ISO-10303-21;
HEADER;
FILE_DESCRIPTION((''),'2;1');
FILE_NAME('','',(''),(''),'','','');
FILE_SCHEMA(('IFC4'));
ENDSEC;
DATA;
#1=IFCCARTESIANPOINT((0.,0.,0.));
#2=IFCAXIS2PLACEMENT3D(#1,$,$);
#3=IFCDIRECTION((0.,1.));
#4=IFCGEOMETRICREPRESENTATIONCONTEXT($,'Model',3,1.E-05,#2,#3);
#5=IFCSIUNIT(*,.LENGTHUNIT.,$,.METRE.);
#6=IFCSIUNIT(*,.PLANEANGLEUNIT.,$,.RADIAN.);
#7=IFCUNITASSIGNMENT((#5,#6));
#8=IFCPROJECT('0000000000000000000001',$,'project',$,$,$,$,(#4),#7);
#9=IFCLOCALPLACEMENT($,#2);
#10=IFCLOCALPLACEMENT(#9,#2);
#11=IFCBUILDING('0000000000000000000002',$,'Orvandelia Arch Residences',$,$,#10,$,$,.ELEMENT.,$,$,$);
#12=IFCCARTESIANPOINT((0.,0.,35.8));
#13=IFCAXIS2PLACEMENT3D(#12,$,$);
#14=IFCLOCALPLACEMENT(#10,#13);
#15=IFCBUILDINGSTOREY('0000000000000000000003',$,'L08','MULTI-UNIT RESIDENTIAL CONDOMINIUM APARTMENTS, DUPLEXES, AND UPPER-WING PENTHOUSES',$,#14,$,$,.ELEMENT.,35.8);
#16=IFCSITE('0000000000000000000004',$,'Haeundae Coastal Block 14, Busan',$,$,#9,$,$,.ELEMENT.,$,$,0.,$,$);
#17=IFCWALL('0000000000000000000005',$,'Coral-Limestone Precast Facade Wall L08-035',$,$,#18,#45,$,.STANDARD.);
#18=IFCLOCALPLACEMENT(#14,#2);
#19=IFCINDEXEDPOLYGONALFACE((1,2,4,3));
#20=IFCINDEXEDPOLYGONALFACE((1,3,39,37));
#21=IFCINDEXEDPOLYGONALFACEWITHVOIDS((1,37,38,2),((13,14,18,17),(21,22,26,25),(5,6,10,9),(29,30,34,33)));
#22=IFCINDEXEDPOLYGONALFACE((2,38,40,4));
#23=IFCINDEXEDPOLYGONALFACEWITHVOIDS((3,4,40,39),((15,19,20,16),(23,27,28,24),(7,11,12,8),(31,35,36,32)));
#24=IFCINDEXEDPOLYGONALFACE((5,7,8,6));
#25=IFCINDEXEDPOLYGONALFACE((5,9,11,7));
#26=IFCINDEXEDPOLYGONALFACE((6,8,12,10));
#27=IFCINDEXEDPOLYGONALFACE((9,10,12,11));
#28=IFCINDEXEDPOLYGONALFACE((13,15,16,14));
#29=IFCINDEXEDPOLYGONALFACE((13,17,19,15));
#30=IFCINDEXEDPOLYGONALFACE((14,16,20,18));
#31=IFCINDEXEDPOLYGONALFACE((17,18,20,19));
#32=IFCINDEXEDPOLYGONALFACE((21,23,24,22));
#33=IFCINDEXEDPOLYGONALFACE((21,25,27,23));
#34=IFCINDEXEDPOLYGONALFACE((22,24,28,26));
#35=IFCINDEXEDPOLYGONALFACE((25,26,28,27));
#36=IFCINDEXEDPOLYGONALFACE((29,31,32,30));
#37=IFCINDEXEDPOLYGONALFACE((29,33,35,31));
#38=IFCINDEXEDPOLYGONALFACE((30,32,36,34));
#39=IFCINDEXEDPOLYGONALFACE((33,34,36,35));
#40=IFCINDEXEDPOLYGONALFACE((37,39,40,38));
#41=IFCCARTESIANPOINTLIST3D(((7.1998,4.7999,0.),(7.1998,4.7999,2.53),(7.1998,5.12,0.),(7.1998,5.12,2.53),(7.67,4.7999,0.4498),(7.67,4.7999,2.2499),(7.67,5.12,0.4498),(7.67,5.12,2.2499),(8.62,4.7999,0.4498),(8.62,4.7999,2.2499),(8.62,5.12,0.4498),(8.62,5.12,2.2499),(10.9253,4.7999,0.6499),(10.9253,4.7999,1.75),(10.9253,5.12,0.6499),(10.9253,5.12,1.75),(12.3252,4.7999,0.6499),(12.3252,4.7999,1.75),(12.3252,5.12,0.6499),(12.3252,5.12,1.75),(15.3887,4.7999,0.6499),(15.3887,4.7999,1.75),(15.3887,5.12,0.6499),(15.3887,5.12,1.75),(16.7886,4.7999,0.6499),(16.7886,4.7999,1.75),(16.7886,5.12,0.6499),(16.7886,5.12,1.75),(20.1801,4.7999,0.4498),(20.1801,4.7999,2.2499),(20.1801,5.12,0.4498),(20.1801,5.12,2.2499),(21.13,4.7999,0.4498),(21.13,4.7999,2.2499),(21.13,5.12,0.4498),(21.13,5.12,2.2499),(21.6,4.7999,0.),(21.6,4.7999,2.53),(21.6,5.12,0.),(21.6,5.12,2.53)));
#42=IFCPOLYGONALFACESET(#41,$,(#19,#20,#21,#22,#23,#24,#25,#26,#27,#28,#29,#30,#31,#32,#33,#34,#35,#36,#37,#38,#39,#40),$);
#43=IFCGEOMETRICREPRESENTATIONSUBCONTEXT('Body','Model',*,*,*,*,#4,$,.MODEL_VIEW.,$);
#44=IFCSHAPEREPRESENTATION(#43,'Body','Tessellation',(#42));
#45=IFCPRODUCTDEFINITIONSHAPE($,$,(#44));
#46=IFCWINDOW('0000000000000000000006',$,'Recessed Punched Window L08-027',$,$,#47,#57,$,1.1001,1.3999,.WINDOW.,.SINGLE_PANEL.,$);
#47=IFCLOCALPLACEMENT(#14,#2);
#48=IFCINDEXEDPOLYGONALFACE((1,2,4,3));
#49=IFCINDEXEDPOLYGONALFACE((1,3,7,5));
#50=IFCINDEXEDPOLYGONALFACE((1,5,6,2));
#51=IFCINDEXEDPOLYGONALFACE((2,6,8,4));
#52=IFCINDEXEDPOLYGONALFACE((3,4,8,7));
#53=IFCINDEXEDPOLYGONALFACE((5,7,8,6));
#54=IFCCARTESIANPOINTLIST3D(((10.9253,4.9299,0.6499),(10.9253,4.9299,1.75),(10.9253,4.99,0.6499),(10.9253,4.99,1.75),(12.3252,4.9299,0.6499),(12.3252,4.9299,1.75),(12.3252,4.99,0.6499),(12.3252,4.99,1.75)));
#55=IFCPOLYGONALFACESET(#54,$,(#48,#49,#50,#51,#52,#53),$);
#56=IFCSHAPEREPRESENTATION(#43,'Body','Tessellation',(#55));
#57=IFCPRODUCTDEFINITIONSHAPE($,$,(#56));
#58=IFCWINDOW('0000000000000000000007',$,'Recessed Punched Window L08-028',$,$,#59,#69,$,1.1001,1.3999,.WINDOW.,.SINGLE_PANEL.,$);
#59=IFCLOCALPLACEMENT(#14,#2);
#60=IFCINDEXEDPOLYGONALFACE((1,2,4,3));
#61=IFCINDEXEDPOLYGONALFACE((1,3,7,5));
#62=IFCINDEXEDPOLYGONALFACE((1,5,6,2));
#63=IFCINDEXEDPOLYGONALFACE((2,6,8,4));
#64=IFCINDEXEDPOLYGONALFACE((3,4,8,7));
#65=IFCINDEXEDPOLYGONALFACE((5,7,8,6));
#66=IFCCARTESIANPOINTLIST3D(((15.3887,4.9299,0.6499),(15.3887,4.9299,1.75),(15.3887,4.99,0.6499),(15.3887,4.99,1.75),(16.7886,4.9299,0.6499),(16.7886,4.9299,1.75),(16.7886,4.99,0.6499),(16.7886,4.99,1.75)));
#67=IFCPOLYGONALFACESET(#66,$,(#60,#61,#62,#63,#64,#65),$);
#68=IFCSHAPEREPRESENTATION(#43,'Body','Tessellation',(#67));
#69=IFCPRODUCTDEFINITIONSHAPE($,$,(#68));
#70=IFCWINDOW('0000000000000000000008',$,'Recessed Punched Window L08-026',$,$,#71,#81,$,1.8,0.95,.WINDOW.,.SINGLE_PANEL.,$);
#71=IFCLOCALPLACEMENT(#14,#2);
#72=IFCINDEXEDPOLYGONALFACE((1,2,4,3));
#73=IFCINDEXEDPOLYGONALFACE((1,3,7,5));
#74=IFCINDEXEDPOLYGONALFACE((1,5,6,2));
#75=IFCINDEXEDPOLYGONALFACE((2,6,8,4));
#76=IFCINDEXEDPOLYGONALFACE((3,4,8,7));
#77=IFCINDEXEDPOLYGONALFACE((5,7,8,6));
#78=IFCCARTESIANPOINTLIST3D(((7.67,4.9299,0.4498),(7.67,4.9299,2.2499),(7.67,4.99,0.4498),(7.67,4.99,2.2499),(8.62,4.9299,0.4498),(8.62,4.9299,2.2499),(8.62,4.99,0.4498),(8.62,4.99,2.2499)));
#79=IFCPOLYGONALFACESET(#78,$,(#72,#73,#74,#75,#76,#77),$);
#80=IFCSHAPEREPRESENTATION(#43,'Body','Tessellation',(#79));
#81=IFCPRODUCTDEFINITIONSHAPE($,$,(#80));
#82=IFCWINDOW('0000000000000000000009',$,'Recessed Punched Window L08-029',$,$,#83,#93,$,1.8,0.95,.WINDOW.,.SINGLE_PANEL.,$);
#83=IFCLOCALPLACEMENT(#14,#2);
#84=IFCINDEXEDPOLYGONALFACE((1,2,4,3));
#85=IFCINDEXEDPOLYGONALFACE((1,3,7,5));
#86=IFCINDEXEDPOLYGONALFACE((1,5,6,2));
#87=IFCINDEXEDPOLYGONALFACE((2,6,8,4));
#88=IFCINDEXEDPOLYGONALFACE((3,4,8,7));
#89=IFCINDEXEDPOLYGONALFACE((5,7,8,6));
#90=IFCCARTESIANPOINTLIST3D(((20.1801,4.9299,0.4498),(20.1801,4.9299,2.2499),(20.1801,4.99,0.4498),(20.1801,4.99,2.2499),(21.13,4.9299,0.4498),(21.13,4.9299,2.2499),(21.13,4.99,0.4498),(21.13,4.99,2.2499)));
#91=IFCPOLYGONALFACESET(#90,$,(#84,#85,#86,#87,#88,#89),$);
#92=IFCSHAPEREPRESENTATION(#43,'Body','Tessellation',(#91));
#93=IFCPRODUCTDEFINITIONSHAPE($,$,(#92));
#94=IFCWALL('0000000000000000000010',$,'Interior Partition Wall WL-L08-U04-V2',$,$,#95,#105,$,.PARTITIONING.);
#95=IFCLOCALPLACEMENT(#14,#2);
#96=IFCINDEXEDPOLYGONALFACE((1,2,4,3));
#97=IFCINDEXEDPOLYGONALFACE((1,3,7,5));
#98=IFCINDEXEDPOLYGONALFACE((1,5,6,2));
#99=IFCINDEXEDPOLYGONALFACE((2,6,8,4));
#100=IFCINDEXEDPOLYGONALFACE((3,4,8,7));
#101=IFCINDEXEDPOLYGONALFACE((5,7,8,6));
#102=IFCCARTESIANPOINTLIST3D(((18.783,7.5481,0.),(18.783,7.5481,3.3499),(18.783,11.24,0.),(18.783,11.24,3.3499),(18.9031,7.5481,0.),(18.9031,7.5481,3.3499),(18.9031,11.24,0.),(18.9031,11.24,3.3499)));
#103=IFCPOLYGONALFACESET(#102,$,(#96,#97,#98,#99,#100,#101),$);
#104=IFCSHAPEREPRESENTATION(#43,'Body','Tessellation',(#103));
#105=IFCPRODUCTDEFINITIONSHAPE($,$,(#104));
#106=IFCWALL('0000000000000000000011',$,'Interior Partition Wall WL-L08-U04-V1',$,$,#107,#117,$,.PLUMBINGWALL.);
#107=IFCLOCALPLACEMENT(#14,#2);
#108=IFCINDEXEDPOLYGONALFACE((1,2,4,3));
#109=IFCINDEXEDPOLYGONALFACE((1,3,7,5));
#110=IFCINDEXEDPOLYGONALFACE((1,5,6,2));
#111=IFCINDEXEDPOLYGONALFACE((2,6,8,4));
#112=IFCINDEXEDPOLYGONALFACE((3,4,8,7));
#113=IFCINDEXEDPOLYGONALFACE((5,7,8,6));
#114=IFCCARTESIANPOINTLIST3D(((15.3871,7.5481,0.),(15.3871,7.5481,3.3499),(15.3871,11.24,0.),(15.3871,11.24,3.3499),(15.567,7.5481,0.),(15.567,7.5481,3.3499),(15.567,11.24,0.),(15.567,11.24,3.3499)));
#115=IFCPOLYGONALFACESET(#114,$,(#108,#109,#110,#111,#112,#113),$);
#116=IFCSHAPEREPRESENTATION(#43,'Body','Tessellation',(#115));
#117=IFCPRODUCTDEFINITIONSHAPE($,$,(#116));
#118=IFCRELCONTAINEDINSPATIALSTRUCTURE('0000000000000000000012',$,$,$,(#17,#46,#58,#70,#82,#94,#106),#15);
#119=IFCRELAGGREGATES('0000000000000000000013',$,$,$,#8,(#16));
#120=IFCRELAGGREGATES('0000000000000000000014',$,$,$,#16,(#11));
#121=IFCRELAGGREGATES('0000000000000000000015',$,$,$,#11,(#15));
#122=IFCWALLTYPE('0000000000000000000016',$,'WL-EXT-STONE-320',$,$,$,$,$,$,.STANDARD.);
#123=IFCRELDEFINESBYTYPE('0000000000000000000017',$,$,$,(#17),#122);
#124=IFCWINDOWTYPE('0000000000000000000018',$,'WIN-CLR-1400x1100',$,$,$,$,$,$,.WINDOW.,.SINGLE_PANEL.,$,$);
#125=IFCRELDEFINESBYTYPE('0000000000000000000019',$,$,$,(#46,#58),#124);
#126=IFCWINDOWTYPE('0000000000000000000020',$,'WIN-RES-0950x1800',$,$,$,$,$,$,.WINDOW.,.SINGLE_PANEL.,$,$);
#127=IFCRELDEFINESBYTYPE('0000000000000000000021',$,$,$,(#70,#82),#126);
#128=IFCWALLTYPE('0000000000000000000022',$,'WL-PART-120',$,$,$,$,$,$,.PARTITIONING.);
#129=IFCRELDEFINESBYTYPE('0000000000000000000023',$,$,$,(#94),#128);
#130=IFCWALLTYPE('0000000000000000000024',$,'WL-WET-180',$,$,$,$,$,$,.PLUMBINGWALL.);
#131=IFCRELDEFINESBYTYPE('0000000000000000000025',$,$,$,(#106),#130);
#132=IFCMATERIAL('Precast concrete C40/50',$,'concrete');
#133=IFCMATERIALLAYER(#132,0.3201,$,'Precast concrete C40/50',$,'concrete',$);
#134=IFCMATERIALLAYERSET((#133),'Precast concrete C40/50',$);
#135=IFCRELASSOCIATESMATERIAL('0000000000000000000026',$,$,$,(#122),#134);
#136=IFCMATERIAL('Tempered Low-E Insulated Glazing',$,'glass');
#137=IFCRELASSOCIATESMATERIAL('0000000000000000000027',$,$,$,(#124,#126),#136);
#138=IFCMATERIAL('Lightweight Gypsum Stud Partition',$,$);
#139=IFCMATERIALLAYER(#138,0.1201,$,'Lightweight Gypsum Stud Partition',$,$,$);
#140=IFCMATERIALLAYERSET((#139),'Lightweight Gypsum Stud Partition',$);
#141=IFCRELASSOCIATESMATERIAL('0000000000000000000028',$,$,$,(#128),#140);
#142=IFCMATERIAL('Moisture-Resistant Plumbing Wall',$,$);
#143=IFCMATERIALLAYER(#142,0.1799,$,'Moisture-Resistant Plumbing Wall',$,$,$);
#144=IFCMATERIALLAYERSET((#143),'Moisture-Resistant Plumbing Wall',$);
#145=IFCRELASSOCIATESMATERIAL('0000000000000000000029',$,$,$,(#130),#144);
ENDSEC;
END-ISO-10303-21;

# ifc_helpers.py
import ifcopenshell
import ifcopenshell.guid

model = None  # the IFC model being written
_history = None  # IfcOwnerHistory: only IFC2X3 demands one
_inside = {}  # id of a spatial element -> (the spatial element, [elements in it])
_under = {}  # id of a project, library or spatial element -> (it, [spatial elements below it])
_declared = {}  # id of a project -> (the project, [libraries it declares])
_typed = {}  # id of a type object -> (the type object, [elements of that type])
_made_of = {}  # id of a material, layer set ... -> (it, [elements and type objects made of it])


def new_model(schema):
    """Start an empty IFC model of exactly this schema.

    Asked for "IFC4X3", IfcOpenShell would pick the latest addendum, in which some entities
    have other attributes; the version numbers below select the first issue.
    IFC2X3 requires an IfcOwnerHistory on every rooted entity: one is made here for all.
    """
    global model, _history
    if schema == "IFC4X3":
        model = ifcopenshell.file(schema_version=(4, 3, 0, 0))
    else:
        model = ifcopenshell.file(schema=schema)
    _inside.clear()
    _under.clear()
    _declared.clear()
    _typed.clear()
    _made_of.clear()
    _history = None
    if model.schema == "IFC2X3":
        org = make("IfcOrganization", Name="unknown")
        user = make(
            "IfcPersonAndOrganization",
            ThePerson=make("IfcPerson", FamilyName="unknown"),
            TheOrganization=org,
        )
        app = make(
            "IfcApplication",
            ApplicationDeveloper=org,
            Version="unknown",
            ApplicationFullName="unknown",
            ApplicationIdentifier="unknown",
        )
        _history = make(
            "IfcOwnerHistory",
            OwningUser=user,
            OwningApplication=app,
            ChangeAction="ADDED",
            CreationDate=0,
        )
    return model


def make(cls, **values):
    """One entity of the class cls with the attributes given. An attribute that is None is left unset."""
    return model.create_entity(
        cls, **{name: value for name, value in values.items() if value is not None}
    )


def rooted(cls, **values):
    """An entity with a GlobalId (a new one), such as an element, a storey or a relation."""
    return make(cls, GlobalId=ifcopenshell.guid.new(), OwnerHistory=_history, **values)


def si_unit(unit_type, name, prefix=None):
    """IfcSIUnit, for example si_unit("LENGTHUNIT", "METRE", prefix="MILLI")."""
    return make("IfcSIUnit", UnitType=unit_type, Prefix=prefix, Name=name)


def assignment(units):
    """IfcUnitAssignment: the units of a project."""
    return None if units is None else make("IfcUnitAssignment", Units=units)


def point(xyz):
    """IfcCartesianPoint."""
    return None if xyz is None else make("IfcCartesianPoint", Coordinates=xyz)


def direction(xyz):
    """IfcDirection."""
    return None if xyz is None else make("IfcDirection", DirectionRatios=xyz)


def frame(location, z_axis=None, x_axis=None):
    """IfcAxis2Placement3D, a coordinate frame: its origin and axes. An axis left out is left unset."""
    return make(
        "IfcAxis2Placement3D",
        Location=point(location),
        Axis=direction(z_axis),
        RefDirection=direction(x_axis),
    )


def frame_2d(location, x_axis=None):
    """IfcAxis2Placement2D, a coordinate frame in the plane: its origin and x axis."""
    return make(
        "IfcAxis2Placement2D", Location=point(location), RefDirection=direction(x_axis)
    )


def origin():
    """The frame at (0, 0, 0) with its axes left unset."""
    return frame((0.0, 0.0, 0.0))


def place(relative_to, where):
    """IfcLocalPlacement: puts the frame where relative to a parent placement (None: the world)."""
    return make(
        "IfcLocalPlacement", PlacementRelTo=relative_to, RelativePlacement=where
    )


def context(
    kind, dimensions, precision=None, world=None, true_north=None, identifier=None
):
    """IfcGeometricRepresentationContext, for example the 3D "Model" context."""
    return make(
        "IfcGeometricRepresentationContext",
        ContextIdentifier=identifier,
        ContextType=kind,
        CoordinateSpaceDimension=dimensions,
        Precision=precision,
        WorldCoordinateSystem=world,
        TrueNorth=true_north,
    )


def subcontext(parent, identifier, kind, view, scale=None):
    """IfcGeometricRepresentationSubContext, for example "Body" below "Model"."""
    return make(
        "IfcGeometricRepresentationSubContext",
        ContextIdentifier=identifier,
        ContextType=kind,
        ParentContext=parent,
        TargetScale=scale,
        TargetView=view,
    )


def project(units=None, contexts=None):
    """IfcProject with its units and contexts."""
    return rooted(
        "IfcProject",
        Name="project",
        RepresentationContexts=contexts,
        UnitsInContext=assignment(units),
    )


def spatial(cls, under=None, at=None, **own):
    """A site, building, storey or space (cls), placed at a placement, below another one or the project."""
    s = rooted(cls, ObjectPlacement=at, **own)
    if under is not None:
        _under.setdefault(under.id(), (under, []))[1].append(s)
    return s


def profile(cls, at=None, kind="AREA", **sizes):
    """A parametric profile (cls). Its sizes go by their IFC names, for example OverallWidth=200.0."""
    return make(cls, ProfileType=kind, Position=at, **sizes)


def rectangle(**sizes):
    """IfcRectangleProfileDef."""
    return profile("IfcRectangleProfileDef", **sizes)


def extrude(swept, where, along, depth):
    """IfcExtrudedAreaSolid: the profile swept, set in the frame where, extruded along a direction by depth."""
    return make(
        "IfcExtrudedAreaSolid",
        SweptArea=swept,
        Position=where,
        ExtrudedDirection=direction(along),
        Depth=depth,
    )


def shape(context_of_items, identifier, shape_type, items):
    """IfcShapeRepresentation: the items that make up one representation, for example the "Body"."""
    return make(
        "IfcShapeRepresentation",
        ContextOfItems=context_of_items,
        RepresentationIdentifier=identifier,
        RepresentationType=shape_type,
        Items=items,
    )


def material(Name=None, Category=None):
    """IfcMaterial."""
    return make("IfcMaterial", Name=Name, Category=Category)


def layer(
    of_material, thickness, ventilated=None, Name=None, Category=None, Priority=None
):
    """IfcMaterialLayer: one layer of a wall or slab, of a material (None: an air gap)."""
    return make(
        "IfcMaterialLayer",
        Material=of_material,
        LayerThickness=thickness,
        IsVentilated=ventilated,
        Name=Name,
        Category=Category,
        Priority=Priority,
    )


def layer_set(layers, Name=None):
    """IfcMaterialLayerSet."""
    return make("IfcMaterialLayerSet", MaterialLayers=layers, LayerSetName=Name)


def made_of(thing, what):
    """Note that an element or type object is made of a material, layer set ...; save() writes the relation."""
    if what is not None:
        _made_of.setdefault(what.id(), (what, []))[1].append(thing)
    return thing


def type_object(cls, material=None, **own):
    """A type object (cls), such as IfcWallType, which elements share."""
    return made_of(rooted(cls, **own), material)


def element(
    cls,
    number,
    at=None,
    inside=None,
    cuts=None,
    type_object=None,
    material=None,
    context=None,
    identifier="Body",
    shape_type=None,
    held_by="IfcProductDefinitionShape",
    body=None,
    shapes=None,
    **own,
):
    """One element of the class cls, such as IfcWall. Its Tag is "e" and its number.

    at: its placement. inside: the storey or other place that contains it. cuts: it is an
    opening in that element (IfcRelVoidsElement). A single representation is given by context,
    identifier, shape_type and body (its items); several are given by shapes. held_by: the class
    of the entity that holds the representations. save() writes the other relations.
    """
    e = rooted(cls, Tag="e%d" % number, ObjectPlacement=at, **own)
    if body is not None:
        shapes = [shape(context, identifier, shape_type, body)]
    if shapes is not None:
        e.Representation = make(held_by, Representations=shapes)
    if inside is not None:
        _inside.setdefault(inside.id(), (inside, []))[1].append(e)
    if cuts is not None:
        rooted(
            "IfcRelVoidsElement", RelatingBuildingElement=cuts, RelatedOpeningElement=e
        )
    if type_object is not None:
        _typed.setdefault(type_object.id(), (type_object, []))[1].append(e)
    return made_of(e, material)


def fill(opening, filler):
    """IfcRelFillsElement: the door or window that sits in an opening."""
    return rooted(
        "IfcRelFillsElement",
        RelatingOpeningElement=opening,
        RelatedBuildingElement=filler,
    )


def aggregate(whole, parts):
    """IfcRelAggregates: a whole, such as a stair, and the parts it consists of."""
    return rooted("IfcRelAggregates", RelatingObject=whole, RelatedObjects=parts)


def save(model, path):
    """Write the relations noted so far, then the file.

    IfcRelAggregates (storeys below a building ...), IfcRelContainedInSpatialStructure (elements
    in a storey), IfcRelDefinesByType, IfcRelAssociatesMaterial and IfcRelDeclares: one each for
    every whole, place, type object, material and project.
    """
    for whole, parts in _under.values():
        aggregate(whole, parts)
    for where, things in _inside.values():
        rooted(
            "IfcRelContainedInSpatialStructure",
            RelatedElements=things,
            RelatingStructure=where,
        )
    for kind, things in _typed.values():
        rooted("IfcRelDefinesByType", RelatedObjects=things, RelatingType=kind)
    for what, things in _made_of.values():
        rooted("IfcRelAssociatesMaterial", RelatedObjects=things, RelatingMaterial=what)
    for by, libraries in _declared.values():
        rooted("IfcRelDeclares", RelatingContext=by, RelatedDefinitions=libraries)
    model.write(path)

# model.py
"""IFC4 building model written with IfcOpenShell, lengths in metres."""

from ifc_helpers import new_model, si_unit, direction, frame, frame_2d, origin, place, context, subcontext, project, spatial, rectangle, extrude, material, layer, layer_set, type_object, element, fill, save


model = new_model("IFC4")

# Units and contexts
model_context = context("Model", 3, precision=1e-05, world=origin(), true_north=direction((0.0, 1.0)))
body_context = subcontext(model_context, "Body", "Model", "MODEL_VIEW")
ifc_project = project(units=[si_unit("LENGTHUNIT", "METRE"), si_unit("PLANEANGLEUNIT", "RADIAN")], contexts=[model_context])

# Site, building, storey
site_placement = place(None, origin())
site = spatial("IfcSite", under=ifc_project, at=site_placement, Name="Haeundae Coastal Block 14, Busan", CompositionType="ELEMENT", RefElevation=0.0)
building_placement = place(site_placement, origin())
building = spatial("IfcBuilding", under=site, at=building_placement, Name="Orvandelia Arch Residences", CompositionType="ELEMENT")
storey_placement = place(building_placement, frame((0.0, 0.0, 35.8)))
storey = spatial("IfcBuildingStorey", under=building, at=storey_placement, Name="L08", Description="MULTI-UNIT RESIDENTIAL CONDOMINIUM APARTMENTS, DUPLEXES, AND UPPER-WING PENTHOUSES", CompositionType="ELEMENT", Elevation=35.8)

# Shared definitions
ifc_material_1 = material(Name="Precast concrete C40/50", Category="concrete")
ifc_layer_1 = layer(ifc_material_1, 0.3201, Name="Precast concrete C40/50", Category="concrete")
ifc_layer_set_1 = layer_set([ifc_layer_1], Name="Precast concrete C40/50")
wall_type_1 = type_object("IfcWallType", Name="WL-EXT-STONE-320", PredefinedType="STANDARD", material=ifc_layer_set_1)

# Wall, openings, windows
wall_1_placement = place(storey_placement, frame((21.6001, 4.96, 0.0), z_axis=(0.0, 0.0, 1.0), x_axis=(-1.0, 0.0, 0.0)))
wall_1 = element("IfcWall", 1, at=wall_1_placement, inside=storey, type_object=wall_type_1, Name="Coral-Limestone Precast Facade Wall L08-035", PredefinedType="STANDARD", context=body_context, shape_type="SweptSolid", body=[
    extrude(rectangle(XDim=14.4001, YDim=0.3201, at=frame_2d((7.2002, 0.0))), origin(), (0.0, 0.0, 1.0), 2.53),
])
opening_1_placement = place(wall_1_placement, frame((12.98, 0.0, 0.45)))
opening_1 = element("IfcOpeningElement", 2, at=opening_1_placement, cuts=wall_1, PredefinedType="OPENING", context=body_context, shape_type="SweptSolid", body=[
    extrude(rectangle(XDim=0.95, YDim=1.8, at=frame_2d((0.4751, 0.8999))), frame((0.0, 0.1699, 0.0), z_axis=(0.0, -1.0, 0.0), x_axis=(1.0, 0.0, 0.0)), (0.0, 0.0, 1.0), 0.3401),
])
opening_2_placement = place(wall_1_placement, frame((9.2749, 0.0, 0.6499)))
opening_2 = element("IfcOpeningElement", 3, at=opening_2_placement, cuts=wall_1, PredefinedType="OPENING", context=body_context, shape_type="SweptSolid", body=[
    extrude(rectangle(XDim=1.3999, YDim=1.1001, at=frame_2d((0.7, 0.55))), frame((0.0, 0.1699, 0.0), z_axis=(0.0, -1.0, 0.0), x_axis=(1.0, 0.0, 0.0)), (0.0, 0.0, 1.0), 0.3401),
])
opening_3_placement = place(wall_1_placement, frame((4.8115, 0.0, 0.6499)))
opening_3 = element("IfcOpeningElement", 4, at=opening_3_placement, cuts=wall_1, PredefinedType="OPENING", context=body_context, shape_type="SweptSolid", body=[
    extrude(rectangle(XDim=1.3999, YDim=1.1001, at=frame_2d((0.7, 0.55))), frame((0.0, 0.1699, 0.0), z_axis=(0.0, -1.0, 0.0), x_axis=(1.0, 0.0, 0.0)), (0.0, 0.0, 1.0), 0.3401),
])
opening_4_placement = place(wall_1_placement, frame((0.47, 0.0, 0.45)))
opening_4 = element("IfcOpeningElement", 5, at=opening_4_placement, cuts=wall_1, PredefinedType="OPENING", context=body_context, shape_type="SweptSolid", body=[
    extrude(rectangle(XDim=0.95, YDim=1.8, at=frame_2d((0.4751, 0.8999))), frame((0.0, 0.1699, 0.0), z_axis=(0.0, -1.0, 0.0), x_axis=(1.0, 0.0, 0.0)), (0.0, 0.0, 1.0), 0.3401),
])
ifc_material_2 = material(Name="Tempered Low-E Insulated Glazing", Category="glass")
window_type_1 = type_object("IfcWindowType", Name="WIN-CLR-1400x1100", PartitioningType="SINGLE_PANEL", PredefinedType="WINDOW", material=ifc_material_2)
window_1_placement = place(opening_2_placement, origin())
window_1 = element("IfcWindow", 6, at=window_1_placement, inside=storey, type_object=window_type_1, Name="Recessed Punched Window L08-027", OverallHeight=1.1001, OverallWidth=1.3999, PartitioningType="SINGLE_PANEL", PredefinedType="WINDOW", context=body_context, shape_type="SweptSolid", body=[
    extrude(rectangle(XDim=1.3999, YDim=1.1001, at=frame_2d((0.7, 0.55))), frame((0.0, 0.03, 0.0), z_axis=(0.0, -1.0, 0.0), x_axis=(1.0, 0.0, 0.0)), (0.0, 0.0, 1.0), 0.0601),
])
fill(opening_2, window_1)
window_2_placement = place(opening_3_placement, origin())
window_2 = element("IfcWindow", 7, at=window_2_placement, inside=storey, type_object=window_type_1, Name="Recessed Punched Window L08-028", OverallHeight=1.1001, OverallWidth=1.3999, PartitioningType="SINGLE_PANEL", PredefinedType="WINDOW", context=body_context, shape_type="SweptSolid", body=[
    extrude(rectangle(XDim=1.3999, YDim=1.1001, at=frame_2d((0.7, 0.55))), frame((0.0, 0.03, 0.0), z_axis=(0.0, -1.0, 0.0), x_axis=(1.0, 0.0, 0.0)), (0.0, 0.0, 1.0), 0.0601),
])
fill(opening_3, window_2)
window_type_2 = type_object("IfcWindowType", Name="WIN-RES-0950x1800", PartitioningType="SINGLE_PANEL", PredefinedType="WINDOW", material=ifc_material_2)
window_3_placement = place(opening_1_placement, origin())
window_3 = element("IfcWindow", 8, at=window_3_placement, inside=storey, type_object=window_type_2, Name="Recessed Punched Window L08-026", OverallHeight=1.8, OverallWidth=0.95, PartitioningType="SINGLE_PANEL", PredefinedType="WINDOW", context=body_context, shape_type="SweptSolid", body=[
    extrude(rectangle(XDim=0.95, YDim=1.8, at=frame_2d((0.4751, 0.8999))), frame((0.0, 0.03, 0.0), z_axis=(0.0, -1.0, 0.0), x_axis=(1.0, 0.0, 0.0)), (0.0, 0.0, 1.0), 0.0601),
])
fill(opening_1, window_3)
window_4_placement = place(opening_4_placement, origin())
window_4 = element("IfcWindow", 9, at=window_4_placement, inside=storey, type_object=window_type_2, Name="Recessed Punched Window L08-029", OverallHeight=1.8, OverallWidth=0.95, PartitioningType="SINGLE_PANEL", PredefinedType="WINDOW", context=body_context, shape_type="SweptSolid", body=[
    extrude(rectangle(XDim=0.95, YDim=1.8, at=frame_2d((0.4751, 0.8999))), frame((0.0, 0.03, 0.0), z_axis=(0.0, -1.0, 0.0), x_axis=(1.0, 0.0, 0.0)), (0.0, 0.0, 1.0), 0.0601),
])
fill(opening_4, window_4)

# Wall
ifc_material_3 = material(Name="Lightweight Gypsum Stud Partition")
ifc_layer_2 = layer(ifc_material_3, 0.1201, Name="Lightweight Gypsum Stud Partition")
ifc_layer_set_2 = layer_set([ifc_layer_2], Name="Lightweight Gypsum Stud Partition")
wall_type_2 = type_object("IfcWallType", Name="WL-PART-120", PredefinedType="PARTITIONING", material=ifc_layer_set_2)
wall_2_placement = place(storey_placement, frame((18.843, 7.5481, 0.0), z_axis=(0.0, 0.0, 1.0), x_axis=(0.0, 1.0, 0.0)))
element("IfcWall", 10, at=wall_2_placement, inside=storey, type_object=wall_type_2, Name="Interior Partition Wall WL-L08-U04-V2", PredefinedType="PARTITIONING", context=body_context, shape_type="SweptSolid", body=[
    extrude(rectangle(XDim=3.6919, YDim=0.1201, at=frame_2d((1.8459, 0.0))), origin(), (0.0, 0.0, 1.0), 3.3499),
])

# Wall
ifc_material_4 = material(Name="Moisture-Resistant Plumbing Wall")
ifc_layer_3 = layer(ifc_material_4, 0.1799, Name="Moisture-Resistant Plumbing Wall")
ifc_layer_set_3 = layer_set([ifc_layer_3], Name="Moisture-Resistant Plumbing Wall")
wall_type_3 = type_object("IfcWallType", Name="WL-WET-180", PredefinedType="PLUMBINGWALL", material=ifc_layer_set_3)
wall_3_placement = place(storey_placement, frame((15.4771, 7.5481, 0.0), z_axis=(0.0, 0.0, 1.0), x_axis=(0.0, 1.0, 0.0)))
element("IfcWall", 11, at=wall_3_placement, inside=storey, type_object=wall_type_3, Name="Interior Partition Wall WL-L08-U04-V1", PredefinedType="PLUMBINGWALL", context=body_context, shape_type="SweptSolid", body=[
    extrude(rectangle(XDim=3.6919, YDim=0.1799, at=frame_2d((1.8459, 0.0))), origin(), (0.0, 0.0, 1.0), 3.3499),
])

save(model, "model.ifc")
